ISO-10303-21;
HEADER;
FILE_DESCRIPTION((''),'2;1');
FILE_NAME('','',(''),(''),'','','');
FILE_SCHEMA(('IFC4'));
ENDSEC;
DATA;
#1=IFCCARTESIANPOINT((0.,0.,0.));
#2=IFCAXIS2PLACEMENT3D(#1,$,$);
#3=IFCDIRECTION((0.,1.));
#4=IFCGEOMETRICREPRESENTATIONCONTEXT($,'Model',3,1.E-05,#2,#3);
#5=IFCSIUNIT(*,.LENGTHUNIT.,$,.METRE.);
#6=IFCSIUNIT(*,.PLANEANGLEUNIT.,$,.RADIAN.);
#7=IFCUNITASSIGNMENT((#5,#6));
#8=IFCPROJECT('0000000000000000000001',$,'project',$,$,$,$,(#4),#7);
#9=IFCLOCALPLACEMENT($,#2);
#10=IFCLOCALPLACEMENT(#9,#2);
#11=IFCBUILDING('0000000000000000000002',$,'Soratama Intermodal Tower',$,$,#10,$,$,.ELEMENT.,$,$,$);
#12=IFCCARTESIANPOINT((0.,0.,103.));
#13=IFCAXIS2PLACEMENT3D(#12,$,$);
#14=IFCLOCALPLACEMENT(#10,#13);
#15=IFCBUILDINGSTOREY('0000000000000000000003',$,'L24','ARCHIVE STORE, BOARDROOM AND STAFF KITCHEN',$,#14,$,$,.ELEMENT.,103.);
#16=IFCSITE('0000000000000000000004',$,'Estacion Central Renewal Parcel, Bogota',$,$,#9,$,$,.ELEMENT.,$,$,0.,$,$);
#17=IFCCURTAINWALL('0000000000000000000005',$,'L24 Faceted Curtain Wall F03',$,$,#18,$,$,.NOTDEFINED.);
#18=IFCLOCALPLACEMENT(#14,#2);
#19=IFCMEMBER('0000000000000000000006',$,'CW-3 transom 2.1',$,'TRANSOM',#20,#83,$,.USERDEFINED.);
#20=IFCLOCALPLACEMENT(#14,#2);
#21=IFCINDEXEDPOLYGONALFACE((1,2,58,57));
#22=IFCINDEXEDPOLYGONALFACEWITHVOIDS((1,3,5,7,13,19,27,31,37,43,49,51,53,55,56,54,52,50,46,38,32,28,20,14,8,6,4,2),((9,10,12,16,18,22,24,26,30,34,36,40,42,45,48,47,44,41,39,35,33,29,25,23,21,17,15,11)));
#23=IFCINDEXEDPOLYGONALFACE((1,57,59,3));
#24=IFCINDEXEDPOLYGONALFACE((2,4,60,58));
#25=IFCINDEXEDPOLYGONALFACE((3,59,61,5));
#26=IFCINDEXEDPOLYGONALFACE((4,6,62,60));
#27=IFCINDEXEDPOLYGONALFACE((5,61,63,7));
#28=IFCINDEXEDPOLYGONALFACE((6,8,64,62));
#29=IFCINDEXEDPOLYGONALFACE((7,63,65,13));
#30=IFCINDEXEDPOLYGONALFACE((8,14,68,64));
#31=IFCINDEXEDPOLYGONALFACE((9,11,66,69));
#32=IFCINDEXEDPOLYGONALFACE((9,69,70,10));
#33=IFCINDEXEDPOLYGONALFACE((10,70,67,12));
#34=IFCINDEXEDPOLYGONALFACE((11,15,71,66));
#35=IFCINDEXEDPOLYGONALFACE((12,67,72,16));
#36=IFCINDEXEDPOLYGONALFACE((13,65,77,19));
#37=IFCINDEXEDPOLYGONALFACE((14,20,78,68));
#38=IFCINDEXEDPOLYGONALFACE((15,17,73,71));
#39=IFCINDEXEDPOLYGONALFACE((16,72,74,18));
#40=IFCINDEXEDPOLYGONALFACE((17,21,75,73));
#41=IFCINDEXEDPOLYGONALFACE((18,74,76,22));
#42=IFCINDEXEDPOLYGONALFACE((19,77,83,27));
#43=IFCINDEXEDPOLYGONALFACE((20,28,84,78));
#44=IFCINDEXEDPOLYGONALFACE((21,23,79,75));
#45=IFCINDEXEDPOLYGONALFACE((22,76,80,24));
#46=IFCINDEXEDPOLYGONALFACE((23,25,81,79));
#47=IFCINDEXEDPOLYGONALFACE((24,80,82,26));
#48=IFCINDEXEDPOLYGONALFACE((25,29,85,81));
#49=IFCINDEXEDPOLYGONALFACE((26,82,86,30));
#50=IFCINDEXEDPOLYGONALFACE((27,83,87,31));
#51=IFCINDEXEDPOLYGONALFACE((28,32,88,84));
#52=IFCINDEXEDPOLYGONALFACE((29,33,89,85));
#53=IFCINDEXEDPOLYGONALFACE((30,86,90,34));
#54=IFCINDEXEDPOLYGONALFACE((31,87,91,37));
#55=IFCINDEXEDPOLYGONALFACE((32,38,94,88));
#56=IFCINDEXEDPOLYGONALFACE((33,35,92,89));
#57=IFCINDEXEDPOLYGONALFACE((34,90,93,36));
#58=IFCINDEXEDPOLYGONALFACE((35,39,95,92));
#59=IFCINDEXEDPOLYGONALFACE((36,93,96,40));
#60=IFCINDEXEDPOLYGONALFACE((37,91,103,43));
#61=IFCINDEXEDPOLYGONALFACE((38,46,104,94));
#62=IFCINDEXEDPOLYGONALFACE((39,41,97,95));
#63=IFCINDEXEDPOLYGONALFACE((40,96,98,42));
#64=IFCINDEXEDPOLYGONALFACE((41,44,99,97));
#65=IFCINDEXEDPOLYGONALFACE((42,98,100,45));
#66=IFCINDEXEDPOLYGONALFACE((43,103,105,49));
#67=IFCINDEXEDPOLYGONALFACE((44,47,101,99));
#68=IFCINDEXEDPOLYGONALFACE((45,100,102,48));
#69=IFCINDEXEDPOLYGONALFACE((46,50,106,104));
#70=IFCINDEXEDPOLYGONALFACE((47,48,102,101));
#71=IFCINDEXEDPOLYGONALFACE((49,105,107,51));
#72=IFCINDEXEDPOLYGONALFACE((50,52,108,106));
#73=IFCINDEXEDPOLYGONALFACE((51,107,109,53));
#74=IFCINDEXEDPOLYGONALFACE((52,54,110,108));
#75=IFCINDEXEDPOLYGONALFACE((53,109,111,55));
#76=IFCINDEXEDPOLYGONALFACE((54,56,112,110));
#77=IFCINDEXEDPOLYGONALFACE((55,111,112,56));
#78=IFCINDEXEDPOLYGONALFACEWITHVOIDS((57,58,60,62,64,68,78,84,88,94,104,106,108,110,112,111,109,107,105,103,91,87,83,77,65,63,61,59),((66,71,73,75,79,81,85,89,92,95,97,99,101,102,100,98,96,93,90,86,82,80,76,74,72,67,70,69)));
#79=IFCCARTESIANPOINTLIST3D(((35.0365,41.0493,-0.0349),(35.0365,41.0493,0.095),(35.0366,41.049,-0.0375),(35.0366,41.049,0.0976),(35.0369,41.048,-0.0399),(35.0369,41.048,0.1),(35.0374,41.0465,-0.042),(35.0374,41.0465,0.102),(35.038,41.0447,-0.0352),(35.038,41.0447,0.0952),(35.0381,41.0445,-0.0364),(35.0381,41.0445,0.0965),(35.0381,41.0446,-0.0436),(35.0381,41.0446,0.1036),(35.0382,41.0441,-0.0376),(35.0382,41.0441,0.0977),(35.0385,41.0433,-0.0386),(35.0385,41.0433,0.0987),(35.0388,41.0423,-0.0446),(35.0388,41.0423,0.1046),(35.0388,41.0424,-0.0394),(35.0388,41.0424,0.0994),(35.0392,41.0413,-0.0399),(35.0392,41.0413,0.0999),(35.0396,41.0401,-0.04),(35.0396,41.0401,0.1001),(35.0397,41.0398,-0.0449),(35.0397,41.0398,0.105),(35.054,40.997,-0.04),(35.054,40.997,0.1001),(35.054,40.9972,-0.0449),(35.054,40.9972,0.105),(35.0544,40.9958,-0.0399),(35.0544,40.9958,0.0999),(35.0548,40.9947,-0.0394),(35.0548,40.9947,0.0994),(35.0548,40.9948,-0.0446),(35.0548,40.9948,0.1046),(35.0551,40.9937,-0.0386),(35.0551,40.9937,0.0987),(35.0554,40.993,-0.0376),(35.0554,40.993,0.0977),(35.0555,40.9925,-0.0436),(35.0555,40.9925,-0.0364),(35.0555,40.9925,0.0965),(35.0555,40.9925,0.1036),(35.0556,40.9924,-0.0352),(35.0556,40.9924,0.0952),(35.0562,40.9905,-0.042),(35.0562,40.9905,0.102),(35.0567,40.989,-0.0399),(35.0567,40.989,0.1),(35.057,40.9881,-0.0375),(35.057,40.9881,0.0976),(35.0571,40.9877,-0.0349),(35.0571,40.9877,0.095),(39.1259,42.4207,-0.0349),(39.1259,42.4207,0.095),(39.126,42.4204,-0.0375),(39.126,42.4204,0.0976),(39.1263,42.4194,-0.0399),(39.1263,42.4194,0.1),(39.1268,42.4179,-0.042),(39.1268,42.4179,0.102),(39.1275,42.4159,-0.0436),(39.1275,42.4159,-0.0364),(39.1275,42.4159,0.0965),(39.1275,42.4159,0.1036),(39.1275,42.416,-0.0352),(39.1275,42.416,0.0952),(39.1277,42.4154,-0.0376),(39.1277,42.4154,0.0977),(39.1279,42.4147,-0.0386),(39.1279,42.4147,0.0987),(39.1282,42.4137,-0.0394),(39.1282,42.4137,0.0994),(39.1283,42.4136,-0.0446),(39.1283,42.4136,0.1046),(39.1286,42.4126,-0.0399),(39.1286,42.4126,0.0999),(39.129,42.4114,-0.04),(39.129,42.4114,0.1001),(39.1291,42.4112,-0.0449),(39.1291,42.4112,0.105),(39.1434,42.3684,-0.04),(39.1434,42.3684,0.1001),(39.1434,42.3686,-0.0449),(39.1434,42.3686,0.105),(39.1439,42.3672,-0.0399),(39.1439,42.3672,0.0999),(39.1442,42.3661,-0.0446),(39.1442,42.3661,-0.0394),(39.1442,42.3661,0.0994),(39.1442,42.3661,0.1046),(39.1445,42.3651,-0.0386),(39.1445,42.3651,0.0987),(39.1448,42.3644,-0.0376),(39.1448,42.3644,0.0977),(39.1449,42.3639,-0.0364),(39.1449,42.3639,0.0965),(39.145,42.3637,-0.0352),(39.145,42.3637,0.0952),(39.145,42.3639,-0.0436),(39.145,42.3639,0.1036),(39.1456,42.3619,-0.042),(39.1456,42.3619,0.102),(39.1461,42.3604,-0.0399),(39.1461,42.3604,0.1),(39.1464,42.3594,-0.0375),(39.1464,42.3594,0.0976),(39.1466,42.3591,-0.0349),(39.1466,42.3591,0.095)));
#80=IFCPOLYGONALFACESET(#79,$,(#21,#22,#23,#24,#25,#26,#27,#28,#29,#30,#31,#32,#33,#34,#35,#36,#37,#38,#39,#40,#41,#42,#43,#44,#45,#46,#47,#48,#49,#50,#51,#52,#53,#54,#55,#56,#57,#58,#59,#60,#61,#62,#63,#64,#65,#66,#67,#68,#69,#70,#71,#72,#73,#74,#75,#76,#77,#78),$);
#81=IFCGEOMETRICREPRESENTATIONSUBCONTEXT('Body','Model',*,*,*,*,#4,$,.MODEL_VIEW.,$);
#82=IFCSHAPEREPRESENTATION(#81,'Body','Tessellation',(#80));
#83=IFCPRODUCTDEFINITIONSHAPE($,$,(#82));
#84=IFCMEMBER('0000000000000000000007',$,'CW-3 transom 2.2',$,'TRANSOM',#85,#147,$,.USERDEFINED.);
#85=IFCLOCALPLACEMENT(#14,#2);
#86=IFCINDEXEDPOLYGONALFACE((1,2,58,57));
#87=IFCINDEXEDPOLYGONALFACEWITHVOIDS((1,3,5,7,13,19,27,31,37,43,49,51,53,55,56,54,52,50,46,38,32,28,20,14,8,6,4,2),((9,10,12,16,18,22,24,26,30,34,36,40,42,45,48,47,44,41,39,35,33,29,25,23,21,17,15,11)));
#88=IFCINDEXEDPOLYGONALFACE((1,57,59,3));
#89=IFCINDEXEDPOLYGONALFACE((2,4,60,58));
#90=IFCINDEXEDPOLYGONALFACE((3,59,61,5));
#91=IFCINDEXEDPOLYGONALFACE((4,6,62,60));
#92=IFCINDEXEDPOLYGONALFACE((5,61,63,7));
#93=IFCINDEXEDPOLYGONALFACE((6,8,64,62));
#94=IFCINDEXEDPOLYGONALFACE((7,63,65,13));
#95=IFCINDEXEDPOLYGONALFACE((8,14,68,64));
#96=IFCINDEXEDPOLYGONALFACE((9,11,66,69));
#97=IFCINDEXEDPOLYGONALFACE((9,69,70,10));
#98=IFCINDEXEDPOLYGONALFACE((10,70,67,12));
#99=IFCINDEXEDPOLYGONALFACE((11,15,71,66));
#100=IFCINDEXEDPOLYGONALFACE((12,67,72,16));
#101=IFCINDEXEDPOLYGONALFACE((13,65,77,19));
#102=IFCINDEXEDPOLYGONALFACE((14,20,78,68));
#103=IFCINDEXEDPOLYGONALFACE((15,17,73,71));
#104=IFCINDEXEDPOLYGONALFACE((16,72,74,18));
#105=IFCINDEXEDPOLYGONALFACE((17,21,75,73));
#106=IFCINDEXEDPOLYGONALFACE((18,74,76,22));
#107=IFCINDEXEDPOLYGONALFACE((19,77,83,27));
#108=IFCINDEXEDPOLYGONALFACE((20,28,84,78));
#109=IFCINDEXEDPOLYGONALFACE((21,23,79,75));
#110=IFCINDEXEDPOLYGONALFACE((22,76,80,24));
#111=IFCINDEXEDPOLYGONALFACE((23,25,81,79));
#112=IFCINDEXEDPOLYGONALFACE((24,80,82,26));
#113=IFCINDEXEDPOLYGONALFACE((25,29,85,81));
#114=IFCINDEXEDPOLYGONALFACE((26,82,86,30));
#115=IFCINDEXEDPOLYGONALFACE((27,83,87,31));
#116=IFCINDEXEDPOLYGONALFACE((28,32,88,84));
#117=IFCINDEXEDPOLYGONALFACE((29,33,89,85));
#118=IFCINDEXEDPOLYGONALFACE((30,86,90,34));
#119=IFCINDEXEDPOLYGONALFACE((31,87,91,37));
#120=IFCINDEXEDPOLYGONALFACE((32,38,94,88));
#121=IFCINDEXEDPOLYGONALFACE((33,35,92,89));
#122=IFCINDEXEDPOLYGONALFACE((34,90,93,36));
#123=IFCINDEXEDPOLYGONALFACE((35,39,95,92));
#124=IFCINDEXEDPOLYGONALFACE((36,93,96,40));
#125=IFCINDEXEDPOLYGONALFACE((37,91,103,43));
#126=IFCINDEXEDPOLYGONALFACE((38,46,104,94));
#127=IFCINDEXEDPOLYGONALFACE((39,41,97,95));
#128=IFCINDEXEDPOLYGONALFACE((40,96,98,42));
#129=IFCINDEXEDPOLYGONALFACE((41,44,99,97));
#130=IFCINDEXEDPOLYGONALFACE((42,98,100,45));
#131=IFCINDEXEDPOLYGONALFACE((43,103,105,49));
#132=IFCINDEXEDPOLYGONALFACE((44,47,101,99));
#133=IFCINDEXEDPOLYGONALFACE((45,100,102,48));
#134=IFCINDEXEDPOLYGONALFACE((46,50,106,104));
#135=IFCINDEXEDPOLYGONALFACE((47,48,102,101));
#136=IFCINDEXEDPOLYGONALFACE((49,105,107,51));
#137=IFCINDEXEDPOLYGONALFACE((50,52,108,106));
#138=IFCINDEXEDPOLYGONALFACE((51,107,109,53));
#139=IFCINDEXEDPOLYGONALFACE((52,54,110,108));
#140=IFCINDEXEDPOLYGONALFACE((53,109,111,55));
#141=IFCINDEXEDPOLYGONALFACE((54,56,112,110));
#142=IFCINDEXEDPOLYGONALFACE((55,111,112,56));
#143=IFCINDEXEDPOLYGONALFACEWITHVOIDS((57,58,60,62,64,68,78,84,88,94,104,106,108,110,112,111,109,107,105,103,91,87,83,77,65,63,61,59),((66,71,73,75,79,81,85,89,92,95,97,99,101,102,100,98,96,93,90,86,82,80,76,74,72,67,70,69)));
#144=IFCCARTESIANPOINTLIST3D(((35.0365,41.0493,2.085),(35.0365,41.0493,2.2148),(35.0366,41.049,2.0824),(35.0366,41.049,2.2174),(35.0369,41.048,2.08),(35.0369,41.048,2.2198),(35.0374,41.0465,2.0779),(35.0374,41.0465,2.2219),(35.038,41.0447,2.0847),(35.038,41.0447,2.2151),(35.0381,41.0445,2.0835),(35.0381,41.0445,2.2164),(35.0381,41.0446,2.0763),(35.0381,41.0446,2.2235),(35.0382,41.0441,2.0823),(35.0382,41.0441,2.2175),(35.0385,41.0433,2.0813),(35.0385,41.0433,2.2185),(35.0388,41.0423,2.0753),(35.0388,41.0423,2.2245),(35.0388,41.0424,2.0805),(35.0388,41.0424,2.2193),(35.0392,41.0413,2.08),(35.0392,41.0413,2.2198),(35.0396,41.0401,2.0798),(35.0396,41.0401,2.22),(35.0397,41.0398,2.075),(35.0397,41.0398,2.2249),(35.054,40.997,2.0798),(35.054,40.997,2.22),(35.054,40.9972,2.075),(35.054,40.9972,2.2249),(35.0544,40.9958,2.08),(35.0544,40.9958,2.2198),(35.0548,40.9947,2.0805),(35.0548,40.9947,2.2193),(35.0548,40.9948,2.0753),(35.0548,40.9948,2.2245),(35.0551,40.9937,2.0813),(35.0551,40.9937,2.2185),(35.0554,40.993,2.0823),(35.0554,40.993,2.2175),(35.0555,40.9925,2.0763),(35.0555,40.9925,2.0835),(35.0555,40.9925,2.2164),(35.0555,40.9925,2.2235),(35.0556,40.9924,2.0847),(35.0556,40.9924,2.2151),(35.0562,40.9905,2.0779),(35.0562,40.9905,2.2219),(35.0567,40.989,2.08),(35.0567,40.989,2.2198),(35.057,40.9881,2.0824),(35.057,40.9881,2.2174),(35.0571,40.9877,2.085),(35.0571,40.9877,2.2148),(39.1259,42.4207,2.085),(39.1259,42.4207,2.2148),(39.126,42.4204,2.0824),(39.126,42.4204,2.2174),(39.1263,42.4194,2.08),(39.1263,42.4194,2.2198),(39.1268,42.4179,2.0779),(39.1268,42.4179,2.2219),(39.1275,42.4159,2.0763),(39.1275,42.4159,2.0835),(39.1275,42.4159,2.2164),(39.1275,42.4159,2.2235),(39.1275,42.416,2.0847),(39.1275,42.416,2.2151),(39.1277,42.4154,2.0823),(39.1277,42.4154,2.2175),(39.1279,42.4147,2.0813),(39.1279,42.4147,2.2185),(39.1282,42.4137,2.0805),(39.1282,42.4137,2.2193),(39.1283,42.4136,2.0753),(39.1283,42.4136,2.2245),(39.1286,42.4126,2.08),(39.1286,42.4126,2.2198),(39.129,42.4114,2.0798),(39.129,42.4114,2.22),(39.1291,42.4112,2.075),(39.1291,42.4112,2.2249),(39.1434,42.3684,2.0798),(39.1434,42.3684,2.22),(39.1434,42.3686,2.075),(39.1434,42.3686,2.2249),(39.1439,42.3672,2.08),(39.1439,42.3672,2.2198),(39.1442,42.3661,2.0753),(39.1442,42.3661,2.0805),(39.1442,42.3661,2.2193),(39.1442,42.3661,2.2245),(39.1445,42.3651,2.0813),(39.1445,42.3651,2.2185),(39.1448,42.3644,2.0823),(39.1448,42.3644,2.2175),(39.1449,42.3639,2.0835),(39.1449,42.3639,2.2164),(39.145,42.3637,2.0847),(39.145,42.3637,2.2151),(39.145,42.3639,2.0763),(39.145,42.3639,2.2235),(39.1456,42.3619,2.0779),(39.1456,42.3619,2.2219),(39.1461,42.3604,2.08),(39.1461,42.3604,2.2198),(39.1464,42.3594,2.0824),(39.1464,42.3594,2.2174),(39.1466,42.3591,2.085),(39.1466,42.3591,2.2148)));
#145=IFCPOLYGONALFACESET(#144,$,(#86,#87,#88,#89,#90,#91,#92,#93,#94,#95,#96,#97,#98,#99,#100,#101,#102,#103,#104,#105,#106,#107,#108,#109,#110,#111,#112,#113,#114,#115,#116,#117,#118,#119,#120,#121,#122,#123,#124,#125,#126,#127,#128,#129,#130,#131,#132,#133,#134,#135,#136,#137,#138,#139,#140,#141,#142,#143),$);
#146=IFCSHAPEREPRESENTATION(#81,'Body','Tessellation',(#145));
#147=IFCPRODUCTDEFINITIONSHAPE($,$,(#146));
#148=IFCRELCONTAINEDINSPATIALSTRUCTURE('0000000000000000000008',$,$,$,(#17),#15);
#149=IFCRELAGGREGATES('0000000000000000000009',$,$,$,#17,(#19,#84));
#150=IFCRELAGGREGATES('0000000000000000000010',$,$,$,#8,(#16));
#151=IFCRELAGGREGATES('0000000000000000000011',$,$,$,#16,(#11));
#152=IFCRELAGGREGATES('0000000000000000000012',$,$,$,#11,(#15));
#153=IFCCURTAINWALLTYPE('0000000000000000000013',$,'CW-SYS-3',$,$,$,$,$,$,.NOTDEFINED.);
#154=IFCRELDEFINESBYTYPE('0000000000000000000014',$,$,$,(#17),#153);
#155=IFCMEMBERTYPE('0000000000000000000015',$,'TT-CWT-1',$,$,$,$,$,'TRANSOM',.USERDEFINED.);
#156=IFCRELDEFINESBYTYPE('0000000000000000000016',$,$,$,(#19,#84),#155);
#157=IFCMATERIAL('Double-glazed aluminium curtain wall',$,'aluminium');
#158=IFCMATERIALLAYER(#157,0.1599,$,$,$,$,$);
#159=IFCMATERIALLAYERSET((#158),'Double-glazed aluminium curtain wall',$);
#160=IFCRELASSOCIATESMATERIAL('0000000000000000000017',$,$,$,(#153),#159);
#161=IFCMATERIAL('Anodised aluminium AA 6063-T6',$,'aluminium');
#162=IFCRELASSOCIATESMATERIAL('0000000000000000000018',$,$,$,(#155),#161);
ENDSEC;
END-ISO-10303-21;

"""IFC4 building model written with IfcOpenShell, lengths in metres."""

from ifc_helpers import new_model, si_unit, direction, frame, origin, origin_2d, place, context, subcontext, project, spatial, hollow_rectangle, extrude, material, layer, layer_set, material_profile, profile_set, type_object, element, aggregate, save


model = new_model("IFC4")

# Units and contexts
model_context = context("Model", 3, precision=1e-05, world=origin(), true_north=direction((0.0, 1.0)))
body_context = subcontext(model_context, "Body", "Model", "MODEL_VIEW")
ifc_project = project(units=[si_unit("LENGTHUNIT", "METRE"), si_unit("PLANEANGLEUNIT", "RADIAN")], contexts=[model_context])

# Site, building, storey
site_placement = place(None, origin())
site = spatial("IfcSite", under=ifc_project, at=site_placement, Name="Estacion Central Renewal Parcel, Bogota", CompositionType="ELEMENT", RefElevation=0.0)
building_placement = place(site_placement, origin())
building = spatial("IfcBuilding", under=site, at=building_placement, Name="Soratama Intermodal Tower", CompositionType="ELEMENT")
storey_placement = place(building_placement, frame((0.0, 0.0, 103.0)))
storey = spatial("IfcBuildingStorey", under=building, at=storey_placement, Name="L24", Description="ARCHIVE STORE, BOARDROOM AND STAFF KITCHEN", CompositionType="ELEMENT", Elevation=103.0)

# Curtain wall, members
ifc_material_1 = material(Name="Double-glazed aluminium curtain wall", Category="aluminium")
ifc_layer_1 = layer(ifc_material_1, 0.1599)
ifc_layer_set_1 = layer_set([ifc_layer_1], Name="Double-glazed aluminium curtain wall")
curtain_wall_type = type_object("IfcCurtainWallType", Name="CW-SYS-3", PredefinedType="NOTDEFINED", material=ifc_layer_set_1)
curtain_wall_placement = place(storey_placement, origin())
curtain_wall = element("IfcCurtainWall", 1, at=curtain_wall_placement, inside=storey, type_object=curtain_wall_type, Name="L24 Faceted Curtain Wall F03", PredefinedType="NOTDEFINED")
ifc_material_2 = material(Name="Anodised aluminium AA 6063-T6", Category="aluminium")
ifc_material_profile_1 = material_profile(ifc_material_2, hollow_rectangle(XDim=0.0649, YDim=0.1499, WallThickness=0.0049, InnerFilletRadius=0.0049, OuterFilletRadius=0.01, at=origin_2d()), Name="CWT150X65X5")
ifc_profile_set_1 = profile_set([ifc_material_profile_1], Name="Anodised aluminium AA 6063-T6")
member_type_1 = type_object("IfcMemberType", Name="TT-CWT-1", ElementType="TRANSOM", PredefinedType="USERDEFINED", material=ifc_profile_set_1)
member_1_placement = place(storey_placement, frame((39.1362, 42.3899, 0.03), z_axis=(-0.94811, -0.317942, 0.0), x_axis=(0.317942, -0.94811, 0.0)))
member_1 = element("IfcMember", 2, at=member_1_placement, type_object=member_type_1, Name="CW-3 transom 2.1", ObjectType="TRANSOM", PredefinedType="USERDEFINED", context=body_context, shape_type="SweptSolid", body=[
    extrude(hollow_rectangle(XDim=0.0649, YDim=0.1499, WallThickness=0.0049, InnerFilletRadius=0.0049, OuterFilletRadius=0.01, at=origin_2d()), origin(), (0.0, 0.0, 1.0), 4.3132),
])
member_2_placement = place(storey_placement, frame((39.1362, 42.3899, 2.1499), z_axis=(-0.94811, -0.317942, 0.0), x_axis=(0.317942, -0.94811, 0.0)))
member_2 = element("IfcMember", 3, at=member_2_placement, type_object=member_type_1, Name="CW-3 transom 2.2", ObjectType="TRANSOM", PredefinedType="USERDEFINED", context=body_context, shape_type="SweptSolid", body=[
    extrude(hollow_rectangle(XDim=0.0649, YDim=0.1499, WallThickness=0.0049, InnerFilletRadius=0.0049, OuterFilletRadius=0.01, at=origin_2d()), origin(), (0.0, 0.0, 1.0), 4.3132),
])
aggregate(curtain_wall, [member_1, member_2])

save(model, "model.ifc")
